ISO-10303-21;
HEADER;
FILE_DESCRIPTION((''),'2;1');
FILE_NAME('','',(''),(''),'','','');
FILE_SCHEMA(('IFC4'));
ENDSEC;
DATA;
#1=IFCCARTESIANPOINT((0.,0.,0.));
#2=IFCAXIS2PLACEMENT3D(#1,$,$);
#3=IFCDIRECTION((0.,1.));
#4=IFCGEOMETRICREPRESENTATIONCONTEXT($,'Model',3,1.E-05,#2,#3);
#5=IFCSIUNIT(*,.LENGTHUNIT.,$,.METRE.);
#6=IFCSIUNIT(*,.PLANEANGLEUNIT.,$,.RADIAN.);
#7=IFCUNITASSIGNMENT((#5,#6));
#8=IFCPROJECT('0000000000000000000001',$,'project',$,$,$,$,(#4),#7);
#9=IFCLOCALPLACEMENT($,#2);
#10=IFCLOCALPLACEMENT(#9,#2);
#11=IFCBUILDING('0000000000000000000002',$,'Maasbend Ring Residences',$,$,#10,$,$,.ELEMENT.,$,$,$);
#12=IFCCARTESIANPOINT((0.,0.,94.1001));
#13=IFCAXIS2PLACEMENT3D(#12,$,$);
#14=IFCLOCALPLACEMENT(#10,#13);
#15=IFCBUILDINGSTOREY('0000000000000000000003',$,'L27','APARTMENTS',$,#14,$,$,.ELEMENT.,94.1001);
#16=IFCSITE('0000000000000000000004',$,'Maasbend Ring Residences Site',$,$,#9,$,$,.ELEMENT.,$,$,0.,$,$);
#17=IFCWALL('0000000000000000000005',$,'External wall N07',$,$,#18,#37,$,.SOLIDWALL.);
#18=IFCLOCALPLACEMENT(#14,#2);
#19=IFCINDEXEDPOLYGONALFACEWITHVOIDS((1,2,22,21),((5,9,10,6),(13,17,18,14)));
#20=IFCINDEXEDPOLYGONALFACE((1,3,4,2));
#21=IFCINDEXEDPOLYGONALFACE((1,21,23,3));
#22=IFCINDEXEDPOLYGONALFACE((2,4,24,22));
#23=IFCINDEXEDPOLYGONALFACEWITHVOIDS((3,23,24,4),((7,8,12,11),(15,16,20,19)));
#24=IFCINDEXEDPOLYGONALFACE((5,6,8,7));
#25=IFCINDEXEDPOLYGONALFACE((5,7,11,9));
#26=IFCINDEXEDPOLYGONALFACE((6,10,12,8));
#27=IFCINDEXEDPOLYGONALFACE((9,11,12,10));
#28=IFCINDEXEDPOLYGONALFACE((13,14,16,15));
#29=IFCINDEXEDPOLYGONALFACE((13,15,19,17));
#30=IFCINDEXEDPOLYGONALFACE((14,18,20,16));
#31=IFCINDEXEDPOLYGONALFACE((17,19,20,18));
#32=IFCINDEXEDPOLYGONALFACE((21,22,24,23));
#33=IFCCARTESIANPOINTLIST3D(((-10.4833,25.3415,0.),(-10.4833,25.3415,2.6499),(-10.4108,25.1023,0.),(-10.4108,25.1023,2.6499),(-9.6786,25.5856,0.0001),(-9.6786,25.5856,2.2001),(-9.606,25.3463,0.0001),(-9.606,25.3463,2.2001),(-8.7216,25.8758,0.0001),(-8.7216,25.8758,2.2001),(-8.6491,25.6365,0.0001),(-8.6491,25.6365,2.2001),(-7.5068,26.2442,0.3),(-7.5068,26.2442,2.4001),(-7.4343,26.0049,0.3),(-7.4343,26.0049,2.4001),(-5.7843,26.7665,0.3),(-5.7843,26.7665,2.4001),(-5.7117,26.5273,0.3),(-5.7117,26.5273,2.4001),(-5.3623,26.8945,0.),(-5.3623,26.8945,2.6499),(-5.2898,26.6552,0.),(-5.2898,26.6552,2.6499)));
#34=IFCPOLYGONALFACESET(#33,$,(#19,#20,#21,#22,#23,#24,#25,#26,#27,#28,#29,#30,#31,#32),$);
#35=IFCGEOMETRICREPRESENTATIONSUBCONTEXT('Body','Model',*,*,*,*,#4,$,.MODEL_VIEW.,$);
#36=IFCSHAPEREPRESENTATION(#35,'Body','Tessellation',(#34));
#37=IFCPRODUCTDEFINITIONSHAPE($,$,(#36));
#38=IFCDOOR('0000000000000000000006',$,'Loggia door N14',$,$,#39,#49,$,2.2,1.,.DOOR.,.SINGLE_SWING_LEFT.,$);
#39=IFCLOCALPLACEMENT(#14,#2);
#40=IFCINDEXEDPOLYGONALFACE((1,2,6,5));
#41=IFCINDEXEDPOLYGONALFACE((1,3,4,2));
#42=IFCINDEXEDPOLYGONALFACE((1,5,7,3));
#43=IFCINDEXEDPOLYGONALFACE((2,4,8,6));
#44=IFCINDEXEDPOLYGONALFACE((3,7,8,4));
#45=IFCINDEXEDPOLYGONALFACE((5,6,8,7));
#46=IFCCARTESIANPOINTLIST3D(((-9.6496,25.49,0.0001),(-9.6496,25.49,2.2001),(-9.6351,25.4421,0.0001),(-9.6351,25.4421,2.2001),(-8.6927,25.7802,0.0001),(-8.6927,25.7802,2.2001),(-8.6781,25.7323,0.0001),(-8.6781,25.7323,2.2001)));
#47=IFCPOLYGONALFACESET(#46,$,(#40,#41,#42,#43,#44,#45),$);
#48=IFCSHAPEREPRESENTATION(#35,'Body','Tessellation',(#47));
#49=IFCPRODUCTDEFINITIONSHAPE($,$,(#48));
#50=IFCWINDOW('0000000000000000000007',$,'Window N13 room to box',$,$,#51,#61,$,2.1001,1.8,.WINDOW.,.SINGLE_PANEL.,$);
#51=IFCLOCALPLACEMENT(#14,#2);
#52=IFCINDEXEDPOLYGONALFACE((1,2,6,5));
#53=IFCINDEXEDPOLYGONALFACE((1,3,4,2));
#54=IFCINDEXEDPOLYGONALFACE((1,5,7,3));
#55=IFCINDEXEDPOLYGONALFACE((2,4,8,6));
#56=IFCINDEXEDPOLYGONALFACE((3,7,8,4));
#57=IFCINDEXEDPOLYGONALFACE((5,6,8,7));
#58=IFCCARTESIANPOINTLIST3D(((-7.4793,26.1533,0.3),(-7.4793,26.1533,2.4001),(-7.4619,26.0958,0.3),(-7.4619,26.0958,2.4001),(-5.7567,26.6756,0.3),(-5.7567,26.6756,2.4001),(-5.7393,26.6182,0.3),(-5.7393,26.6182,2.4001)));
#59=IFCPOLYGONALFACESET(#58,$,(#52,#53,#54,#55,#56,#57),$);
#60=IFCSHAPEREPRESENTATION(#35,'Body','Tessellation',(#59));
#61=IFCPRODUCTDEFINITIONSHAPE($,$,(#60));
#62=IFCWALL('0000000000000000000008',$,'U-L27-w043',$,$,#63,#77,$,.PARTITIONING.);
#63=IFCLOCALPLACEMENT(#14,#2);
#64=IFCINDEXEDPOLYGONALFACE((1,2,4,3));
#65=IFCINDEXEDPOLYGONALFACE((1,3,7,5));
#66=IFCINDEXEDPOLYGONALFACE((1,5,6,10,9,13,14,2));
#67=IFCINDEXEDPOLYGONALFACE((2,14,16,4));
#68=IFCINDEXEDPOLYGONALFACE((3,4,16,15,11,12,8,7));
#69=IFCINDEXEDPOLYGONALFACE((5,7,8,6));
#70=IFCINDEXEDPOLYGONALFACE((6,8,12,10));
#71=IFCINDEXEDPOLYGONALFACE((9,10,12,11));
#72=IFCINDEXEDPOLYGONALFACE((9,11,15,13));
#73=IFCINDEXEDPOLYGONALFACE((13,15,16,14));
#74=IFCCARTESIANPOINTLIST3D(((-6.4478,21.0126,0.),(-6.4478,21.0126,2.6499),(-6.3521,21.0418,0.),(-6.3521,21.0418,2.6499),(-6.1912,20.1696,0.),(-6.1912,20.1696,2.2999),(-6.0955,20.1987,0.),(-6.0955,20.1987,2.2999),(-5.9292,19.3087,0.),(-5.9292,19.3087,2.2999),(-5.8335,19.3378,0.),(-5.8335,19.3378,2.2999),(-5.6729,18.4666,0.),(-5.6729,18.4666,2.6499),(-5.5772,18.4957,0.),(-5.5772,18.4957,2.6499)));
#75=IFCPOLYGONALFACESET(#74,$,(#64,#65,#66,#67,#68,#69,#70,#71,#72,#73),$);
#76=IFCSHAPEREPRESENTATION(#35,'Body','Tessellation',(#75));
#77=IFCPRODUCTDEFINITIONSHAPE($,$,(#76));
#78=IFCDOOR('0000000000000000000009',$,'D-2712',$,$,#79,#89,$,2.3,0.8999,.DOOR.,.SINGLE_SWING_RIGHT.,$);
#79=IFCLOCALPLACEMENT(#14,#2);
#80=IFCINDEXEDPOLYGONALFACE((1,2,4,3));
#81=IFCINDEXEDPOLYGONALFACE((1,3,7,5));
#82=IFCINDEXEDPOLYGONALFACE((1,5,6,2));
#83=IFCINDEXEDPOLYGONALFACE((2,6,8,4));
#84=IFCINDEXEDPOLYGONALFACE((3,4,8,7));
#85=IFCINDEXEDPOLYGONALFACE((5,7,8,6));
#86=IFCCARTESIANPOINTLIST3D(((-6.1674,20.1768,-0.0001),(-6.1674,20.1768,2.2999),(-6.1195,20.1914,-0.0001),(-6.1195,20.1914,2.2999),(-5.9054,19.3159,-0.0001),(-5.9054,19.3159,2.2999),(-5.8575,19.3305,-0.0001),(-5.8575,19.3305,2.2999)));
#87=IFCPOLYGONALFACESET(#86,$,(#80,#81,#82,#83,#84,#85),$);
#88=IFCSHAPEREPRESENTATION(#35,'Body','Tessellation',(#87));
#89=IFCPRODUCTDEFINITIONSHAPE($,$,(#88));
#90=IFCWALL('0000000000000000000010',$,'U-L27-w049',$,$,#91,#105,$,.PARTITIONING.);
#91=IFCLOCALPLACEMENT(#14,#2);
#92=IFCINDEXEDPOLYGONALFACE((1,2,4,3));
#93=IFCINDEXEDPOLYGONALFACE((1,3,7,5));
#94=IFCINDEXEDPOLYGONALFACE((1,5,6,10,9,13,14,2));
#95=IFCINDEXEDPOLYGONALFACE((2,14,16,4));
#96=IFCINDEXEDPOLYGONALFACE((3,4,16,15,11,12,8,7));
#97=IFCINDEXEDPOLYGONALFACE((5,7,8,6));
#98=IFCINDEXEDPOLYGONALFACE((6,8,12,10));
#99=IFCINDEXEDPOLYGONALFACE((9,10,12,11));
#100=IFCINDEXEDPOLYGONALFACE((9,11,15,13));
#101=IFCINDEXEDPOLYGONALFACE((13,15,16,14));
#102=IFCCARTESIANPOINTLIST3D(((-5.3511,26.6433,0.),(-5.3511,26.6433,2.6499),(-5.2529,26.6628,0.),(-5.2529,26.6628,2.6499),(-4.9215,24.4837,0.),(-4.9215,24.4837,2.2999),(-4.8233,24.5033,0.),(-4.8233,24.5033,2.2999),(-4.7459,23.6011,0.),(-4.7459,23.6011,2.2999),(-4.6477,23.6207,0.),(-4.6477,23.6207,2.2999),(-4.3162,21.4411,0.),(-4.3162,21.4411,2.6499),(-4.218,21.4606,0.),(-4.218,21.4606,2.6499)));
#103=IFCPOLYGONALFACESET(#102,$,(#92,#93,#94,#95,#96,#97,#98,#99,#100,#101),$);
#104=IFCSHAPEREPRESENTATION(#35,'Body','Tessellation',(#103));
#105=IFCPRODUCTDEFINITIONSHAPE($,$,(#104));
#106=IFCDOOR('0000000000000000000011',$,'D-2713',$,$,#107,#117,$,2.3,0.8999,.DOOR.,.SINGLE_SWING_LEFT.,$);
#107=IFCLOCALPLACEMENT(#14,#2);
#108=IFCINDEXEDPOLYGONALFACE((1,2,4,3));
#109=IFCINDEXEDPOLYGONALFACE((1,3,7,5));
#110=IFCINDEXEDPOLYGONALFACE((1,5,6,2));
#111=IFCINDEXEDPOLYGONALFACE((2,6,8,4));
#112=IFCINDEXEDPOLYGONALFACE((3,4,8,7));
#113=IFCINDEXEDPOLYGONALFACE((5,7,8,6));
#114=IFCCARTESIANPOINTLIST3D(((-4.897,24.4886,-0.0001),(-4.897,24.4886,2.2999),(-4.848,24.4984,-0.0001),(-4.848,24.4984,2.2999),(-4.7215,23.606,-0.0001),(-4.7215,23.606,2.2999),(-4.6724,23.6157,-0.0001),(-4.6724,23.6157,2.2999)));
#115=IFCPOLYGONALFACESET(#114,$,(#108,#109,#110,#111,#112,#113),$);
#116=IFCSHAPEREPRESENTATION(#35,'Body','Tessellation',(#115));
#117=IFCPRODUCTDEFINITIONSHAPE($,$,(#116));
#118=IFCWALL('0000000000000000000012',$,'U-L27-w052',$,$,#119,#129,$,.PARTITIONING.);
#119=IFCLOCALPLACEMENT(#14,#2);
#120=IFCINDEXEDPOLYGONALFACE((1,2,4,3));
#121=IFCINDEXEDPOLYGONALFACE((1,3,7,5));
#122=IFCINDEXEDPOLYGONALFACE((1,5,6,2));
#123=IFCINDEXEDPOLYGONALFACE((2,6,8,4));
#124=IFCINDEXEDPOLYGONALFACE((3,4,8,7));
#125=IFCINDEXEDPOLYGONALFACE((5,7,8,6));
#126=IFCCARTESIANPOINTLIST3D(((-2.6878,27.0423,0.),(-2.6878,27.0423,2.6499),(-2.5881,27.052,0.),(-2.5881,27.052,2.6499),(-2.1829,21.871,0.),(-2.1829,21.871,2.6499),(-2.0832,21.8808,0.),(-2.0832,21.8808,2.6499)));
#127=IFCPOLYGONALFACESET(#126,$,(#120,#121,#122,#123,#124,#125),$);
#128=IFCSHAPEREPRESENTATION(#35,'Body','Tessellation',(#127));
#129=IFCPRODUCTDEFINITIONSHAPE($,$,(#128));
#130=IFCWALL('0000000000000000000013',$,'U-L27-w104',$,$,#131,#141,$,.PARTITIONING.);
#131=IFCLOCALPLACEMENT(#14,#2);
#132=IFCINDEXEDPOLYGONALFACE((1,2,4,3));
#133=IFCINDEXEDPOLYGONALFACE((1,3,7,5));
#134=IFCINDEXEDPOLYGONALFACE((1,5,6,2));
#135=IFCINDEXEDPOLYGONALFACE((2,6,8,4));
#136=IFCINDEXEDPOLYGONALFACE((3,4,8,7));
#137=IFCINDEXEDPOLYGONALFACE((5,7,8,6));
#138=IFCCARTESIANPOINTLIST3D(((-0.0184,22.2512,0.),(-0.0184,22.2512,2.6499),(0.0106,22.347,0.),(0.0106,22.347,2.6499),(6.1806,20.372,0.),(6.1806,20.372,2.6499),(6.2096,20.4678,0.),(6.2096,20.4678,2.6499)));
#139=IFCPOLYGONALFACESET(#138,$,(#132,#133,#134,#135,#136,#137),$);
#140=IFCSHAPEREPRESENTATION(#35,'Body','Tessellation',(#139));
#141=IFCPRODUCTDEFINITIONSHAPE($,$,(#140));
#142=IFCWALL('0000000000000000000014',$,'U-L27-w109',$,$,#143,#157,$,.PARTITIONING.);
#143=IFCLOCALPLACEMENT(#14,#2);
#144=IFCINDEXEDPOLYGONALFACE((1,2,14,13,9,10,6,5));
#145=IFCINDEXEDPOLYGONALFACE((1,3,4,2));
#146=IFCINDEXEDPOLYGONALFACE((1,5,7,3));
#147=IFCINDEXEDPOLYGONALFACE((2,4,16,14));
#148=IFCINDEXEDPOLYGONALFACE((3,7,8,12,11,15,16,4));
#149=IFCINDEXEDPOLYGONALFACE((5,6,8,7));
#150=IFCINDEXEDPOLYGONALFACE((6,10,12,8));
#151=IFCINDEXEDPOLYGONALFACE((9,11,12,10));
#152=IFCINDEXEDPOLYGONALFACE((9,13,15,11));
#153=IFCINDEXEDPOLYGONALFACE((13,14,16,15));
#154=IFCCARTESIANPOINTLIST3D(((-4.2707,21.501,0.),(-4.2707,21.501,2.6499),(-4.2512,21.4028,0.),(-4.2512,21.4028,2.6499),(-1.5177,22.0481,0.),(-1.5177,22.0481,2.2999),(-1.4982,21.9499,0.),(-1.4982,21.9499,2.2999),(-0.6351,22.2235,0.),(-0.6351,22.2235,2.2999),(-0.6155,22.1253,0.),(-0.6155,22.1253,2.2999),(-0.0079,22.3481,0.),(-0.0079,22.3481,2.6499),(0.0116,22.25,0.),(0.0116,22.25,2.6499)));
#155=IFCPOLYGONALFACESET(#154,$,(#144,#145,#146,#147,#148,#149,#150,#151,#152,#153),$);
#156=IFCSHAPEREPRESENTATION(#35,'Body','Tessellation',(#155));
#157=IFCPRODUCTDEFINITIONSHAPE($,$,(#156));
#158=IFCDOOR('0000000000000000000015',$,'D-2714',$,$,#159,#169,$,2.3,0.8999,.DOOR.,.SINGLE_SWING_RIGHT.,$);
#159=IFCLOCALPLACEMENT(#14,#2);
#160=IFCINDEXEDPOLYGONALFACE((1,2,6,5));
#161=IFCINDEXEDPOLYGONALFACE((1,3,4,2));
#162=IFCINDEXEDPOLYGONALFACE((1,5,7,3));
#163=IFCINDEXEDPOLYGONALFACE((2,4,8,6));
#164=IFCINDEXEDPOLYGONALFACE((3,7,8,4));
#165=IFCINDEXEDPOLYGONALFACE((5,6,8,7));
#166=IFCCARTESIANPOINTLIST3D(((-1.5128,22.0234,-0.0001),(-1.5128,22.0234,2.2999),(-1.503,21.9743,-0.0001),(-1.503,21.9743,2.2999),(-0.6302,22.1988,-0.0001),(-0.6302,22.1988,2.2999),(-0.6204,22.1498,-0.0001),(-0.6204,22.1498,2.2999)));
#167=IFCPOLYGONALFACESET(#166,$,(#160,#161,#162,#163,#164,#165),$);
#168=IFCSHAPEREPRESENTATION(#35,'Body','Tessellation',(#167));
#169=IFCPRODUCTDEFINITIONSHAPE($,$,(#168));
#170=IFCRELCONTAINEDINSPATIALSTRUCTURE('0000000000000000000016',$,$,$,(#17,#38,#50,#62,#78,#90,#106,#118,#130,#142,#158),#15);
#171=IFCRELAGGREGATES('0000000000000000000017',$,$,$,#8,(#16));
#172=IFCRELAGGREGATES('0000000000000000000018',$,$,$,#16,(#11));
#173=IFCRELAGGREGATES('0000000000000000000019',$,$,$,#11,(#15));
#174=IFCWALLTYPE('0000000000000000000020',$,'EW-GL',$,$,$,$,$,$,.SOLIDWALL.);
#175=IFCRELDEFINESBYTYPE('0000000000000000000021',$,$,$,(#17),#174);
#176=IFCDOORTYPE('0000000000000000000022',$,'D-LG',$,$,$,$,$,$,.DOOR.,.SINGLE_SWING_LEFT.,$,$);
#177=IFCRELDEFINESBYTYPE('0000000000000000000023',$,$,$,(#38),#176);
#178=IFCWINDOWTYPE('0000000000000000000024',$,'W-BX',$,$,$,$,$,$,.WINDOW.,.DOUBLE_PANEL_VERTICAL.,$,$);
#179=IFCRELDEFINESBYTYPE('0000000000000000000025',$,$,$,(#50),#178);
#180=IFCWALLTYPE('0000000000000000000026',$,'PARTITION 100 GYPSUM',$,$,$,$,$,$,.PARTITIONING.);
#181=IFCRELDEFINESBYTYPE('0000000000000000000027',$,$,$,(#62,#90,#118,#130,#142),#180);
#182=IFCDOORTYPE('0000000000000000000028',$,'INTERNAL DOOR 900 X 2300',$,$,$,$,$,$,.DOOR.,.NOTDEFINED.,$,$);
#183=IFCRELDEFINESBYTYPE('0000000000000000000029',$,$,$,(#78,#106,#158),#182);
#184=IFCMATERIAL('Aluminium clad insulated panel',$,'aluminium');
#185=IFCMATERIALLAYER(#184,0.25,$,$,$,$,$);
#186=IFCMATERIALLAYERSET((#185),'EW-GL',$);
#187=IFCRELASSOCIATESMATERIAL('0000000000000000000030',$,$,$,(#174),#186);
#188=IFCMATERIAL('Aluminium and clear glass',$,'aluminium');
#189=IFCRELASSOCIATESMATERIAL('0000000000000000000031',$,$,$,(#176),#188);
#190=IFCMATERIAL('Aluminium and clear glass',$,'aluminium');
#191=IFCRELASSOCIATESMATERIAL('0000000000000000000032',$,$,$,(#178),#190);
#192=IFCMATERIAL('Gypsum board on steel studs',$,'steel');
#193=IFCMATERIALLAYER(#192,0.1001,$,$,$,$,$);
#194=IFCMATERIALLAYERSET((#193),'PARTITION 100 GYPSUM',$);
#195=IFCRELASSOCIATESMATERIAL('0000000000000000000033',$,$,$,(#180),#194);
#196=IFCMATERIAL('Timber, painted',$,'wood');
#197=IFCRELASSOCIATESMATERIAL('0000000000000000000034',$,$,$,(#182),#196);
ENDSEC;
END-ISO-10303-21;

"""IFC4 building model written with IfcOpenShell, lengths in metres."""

from ifc_helpers import new_model, si_unit, direction, frame, frame_2d, origin, place, context, subcontext, project, spatial, rectangle, extrude, material, layer, layer_set, type_object, element, fill, save


model = new_model("IFC4")

# Units and contexts
model_context = context("Model", 3, precision=1e-05, world=origin(), true_north=direction((0.0, 1.0)))
body_context = subcontext(model_context, "Body", "Model", "MODEL_VIEW")
ifc_project = project(units=[si_unit("LENGTHUNIT", "METRE"), si_unit("PLANEANGLEUNIT", "RADIAN")], contexts=[model_context])

# Site, building, storey
site_placement = place(None, origin())
site = spatial("IfcSite", under=ifc_project, at=site_placement, Name="Maasbend Ring Residences Site", CompositionType="ELEMENT", RefElevation=0.0)
building_placement = place(site_placement, origin())
building = spatial("IfcBuilding", under=site, at=building_placement, Name="Maasbend Ring Residences", CompositionType="ELEMENT")
storey_placement = place(building_placement, frame((0.0, 0.0, 94.1001)))
storey = spatial("IfcBuildingStorey", under=building, at=storey_placement, Name="L27", Description="APARTMENTS", CompositionType="ELEMENT", Elevation=94.1001)

# Wall, openings, door, window
ifc_material_1 = material(Name="Aluminium clad insulated panel", Category="aluminium")
ifc_layer_1 = layer(ifc_material_1, 0.25)
ifc_layer_set_1 = layer_set([ifc_layer_1], Name="EW-GL")
wall_type_1 = type_object("IfcWallType", Name="EW-GL", PredefinedType="SOLIDWALL", material=ifc_layer_set_1)
wall_1_placement = place(storey_placement, frame((-5.3259, 26.7749, 0.0), z_axis=(0.0, 0.0, 1.0), x_axis=(-0.956966, -0.290201, 0.0)))
wall_1 = element("IfcWall", 1, at=wall_1_placement, inside=storey, type_object=wall_type_1, Name="External wall N07", PredefinedType="SOLIDWALL", context=body_context, shape_type="SweptSolid", body=[
    extrude(rectangle(XDim=5.3513, YDim=0.25, at=frame_2d((2.6758, 0.0))), origin(), (0.0, 0.0, 1.0), 2.6499),
])
opening_1_placement = place(wall_1_placement, frame((0.4412, 0.0, 0.3)))
opening_1 = element("IfcOpeningElement", 2, at=opening_1_placement, cuts=wall_1, PredefinedType="OPENING", context=body_context, shape_type="SweptSolid", body=[
    extrude(rectangle(XDim=1.8, YDim=2.1001, at=frame_2d((0.8999, 1.05))), frame((0.0, 0.135, 0.0), z_axis=(0.0, -1.0, 0.0), x_axis=(1.0, 0.0, 0.0)), (0.0, 0.0, 1.0), 0.27),
])
opening_2_placement = place(wall_1_placement, frame((3.5105, 0.0, 0.0)))
opening_2 = element("IfcOpeningElement", 3, at=opening_2_placement, cuts=wall_1, PredefinedType="OPENING", context=body_context, shape_type="SweptSolid", body=[
    extrude(rectangle(XDim=1.0, YDim=2.2, at=frame_2d((0.5, 1.1001))), frame((0.0, 0.135, 0.0), z_axis=(0.0, -1.0, 0.0), x_axis=(1.0, 0.0, 0.0)), (0.0, 0.0, 1.0), 0.27),
])
ifc_material_2 = material(Name="Aluminium and clear glass", Category="aluminium")
door_type_1 = type_object("IfcDoorType", Name="D-LG", OperationType="SINGLE_SWING_LEFT", PredefinedType="DOOR", material=ifc_material_2)
door_1_placement = place(opening_2_placement, origin())
door_1 = element("IfcDoor", 4, at=door_1_placement, inside=storey, type_object=door_type_1, Name="Loggia door N14", OperationType="SINGLE_SWING_LEFT", OverallHeight=2.2, OverallWidth=1.0, PredefinedType="DOOR", context=body_context, shape_type="SweptSolid", body=[
    extrude(rectangle(XDim=1.0, YDim=2.2, at=frame_2d((0.5, 1.1001))), frame((0.0, 0.0249, 0.0), z_axis=(0.0, -1.0, 0.0), x_axis=(1.0, 0.0, 0.0)), (0.0, 0.0, 1.0), 0.05),
])
fill(opening_2, door_1)
ifc_material_3 = material(Name="Aluminium and clear glass", Category="aluminium")
window_type_1 = type_object("IfcWindowType", Name="W-BX", PartitioningType="DOUBLE_PANEL_VERTICAL", PredefinedType="WINDOW", material=ifc_material_3)
window_1_placement = place(opening_1_placement, origin())
window_1 = element("IfcWindow", 5, at=window_1_placement, inside=storey, type_object=window_type_1, Name="Window N13 room to box", OverallHeight=2.1001, OverallWidth=1.8, PartitioningType="SINGLE_PANEL", PredefinedType="WINDOW", context=body_context, shape_type="SweptSolid", body=[
    extrude(rectangle(XDim=1.8, YDim=2.1001, at=frame_2d((0.8999, 1.05))), frame((0.0, 0.03, 0.0), z_axis=(0.0, -1.0, 0.0), x_axis=(1.0, 0.0, 0.0)), (0.0, 0.0, 1.0), 0.0601),
])
fill(opening_1, window_1)

# Walls, openings, doors
ifc_material_4 = material(Name="Gypsum board on steel studs", Category="steel")
ifc_layer_2 = layer(ifc_material_4, 0.1001)
ifc_layer_set_2 = layer_set([ifc_layer_2], Name="PARTITION 100 GYPSUM")
wall_type_2 = type_object("IfcWallType", Name="PARTITION 100 GYPSUM", PredefinedType="PARTITIONING", material=ifc_layer_set_2)
wall_2_placement = place(storey_placement, frame((-6.3999, 21.0271, 0.0), z_axis=(0.0, 0.0, 1.0), x_axis=(0.291158, -0.956675, 0.0)))
wall_2 = element("IfcWall", 6, at=wall_2_placement, inside=storey, type_object=wall_type_2, Name="U-L27-w043", PredefinedType="PARTITIONING", context=body_context, shape_type="SweptSolid", body=[
    extrude(rectangle(XDim=2.6614, YDim=0.1001, at=frame_2d((1.3306, 0.0))), origin(), (0.0, 0.0, 1.0), 2.6499),
])
opening_3_placement = place(wall_2_placement, frame((0.8811, 0.0, 0.0)))
opening_3 = element("IfcOpeningElement", 7, at=opening_3_placement, cuts=wall_2, PredefinedType="OPENING", context=body_context, shape_type="SweptSolid", body=[
    extrude(rectangle(XDim=0.8999, YDim=2.3, at=frame_2d((0.45, 1.1499))), frame((0.0, 0.0601, 0.0), z_axis=(0.0, -1.0, 0.0), x_axis=(1.0, 0.0, 0.0)), (0.0, 0.0, 1.0), 0.1201),
])
ifc_material_5 = material(Name="Timber, painted", Category="wood")
door_type_2 = type_object("IfcDoorType", Name="INTERNAL DOOR 900 X 2300", OperationType="NOTDEFINED", PredefinedType="DOOR", material=ifc_material_5)
door_2_placement = place(opening_3_placement, origin())
door_2 = element("IfcDoor", 8, at=door_2_placement, inside=storey, type_object=door_type_2, Name="D-2712", OperationType="SINGLE_SWING_RIGHT", OverallHeight=2.3, OverallWidth=0.8999, PredefinedType="DOOR", context=body_context, shape_type="SweptSolid", body=[
    extrude(rectangle(XDim=0.8999, YDim=2.3, at=frame_2d((0.45, 1.1499))), frame((0.0, 0.0249, 0.0), z_axis=(0.0, -1.0, 0.0), x_axis=(1.0, 0.0, 0.0)), (0.0, 0.0, 1.0), 0.05),
])
fill(opening_3, door_2)
wall_3_placement = place(storey_placement, frame((-5.302, 26.6531, 0.0), z_axis=(0.0, 0.0, 1.0), x_axis=(0.195116, -0.98078, 0.0)))
wall_3 = element("IfcWall", 9, at=wall_3_placement, inside=storey, type_object=wall_type_2, Name="U-L27-w049", PredefinedType="PARTITIONING", context=body_context, shape_type="SweptSolid", body=[
    extrude(rectangle(XDim=5.3042, YDim=0.1001, at=frame_2d((2.6521, 0.0))), origin(), (0.0, 0.0, 1.0), 2.6499),
])
opening_4_placement = place(wall_3_placement, frame((2.2019, 0.0, 0.0)))
opening_4 = element("IfcOpeningElement", 10, at=opening_4_placement, cuts=wall_3, PredefinedType="OPENING", context=body_context, shape_type="SweptSolid", body=[
    extrude(rectangle(XDim=0.8999, YDim=2.3, at=frame_2d((0.45, 1.1499))), frame((0.0, 0.0601, 0.0), z_axis=(0.0, -1.0, 0.0), x_axis=(1.0, 0.0, 0.0)), (0.0, 0.0, 1.0), 0.1201),
])
door_3_placement = place(opening_4_placement, origin())
door_3 = element("IfcDoor", 11, at=door_3_placement, inside=storey, type_object=door_type_2, Name="D-2713", OperationType="SINGLE_SWING_LEFT", OverallHeight=2.3, OverallWidth=0.8999, PredefinedType="DOOR", context=body_context, shape_type="SweptSolid", body=[
    extrude(rectangle(XDim=0.8999, YDim=2.3, at=frame_2d((0.45, 1.1499))), frame((0.0, 0.0249, 0.0), z_axis=(0.0, -1.0, 0.0), x_axis=(1.0, 0.0, 0.0)), (0.0, 0.0, 1.0), 0.05),
])
fill(opening_4, door_3)

# Walls
wall_4_placement = place(storey_placement, frame((-2.6379, 27.0471, 0.0), z_axis=(0.0, 0.0, 1.0), x_axis=(0.097173, -0.995268, 0.0)))
element("IfcWall", 12, at=wall_4_placement, inside=storey, type_object=wall_type_2, Name="U-L27-w052", PredefinedType="PARTITIONING", context=body_context, shape_type="SweptSolid", body=[
    extrude(rectangle(XDim=5.1958, YDim=0.1001, at=frame_2d((2.5979, 0.0))), origin(), (0.0, 0.0, 1.0), 2.6499),
])
wall_5_placement = place(storey_placement, frame((-0.0039, 22.2991, 0.0), z_axis=(0.0, 0.0, 1.0), x_axis=(0.956996, -0.290103, 0.0)))
element("IfcWall", 13, at=wall_5_placement, inside=storey, type_object=wall_type_2, Name="U-L27-w104", PredefinedType="PARTITIONING", context=body_context, shape_type="SweptSolid", body=[
    extrude(rectangle(XDim=6.4775, YDim=0.1001, at=frame_2d((3.2388, 0.0))), origin(), (0.0, 0.0, 1.0), 2.6499),
])

# Wall, opening, door
wall_6_placement = place(storey_placement, frame((-4.261, 21.4519, 0.0), z_axis=(0.0, 0.0, 1.0), x_axis=(0.98082, 0.194917, 0.0)))
wall_6 = element("IfcWall", 14, at=wall_6_placement, inside=storey, type_object=wall_type_2, Name="U-L27-w109", PredefinedType="PARTITIONING", context=body_context, shape_type="SweptSolid", body=[
    extrude(rectangle(XDim=4.3462, YDim=0.1001, at=frame_2d((2.1731, 0.0))), origin(), (0.0, 0.0, 1.0), 2.6499),
])
opening_5_placement = place(wall_6_placement, frame((2.8069, 0.0, 0.0)))
opening_5 = element("IfcOpeningElement", 15, at=opening_5_placement, cuts=wall_6, PredefinedType="OPENING", context=body_context, shape_type="SweptSolid", body=[
    extrude(rectangle(XDim=0.8999, YDim=2.3, at=frame_2d((0.45, 1.1499))), frame((0.0, 0.0601, 0.0), z_axis=(0.0, -1.0, 0.0), x_axis=(1.0, 0.0, 0.0)), (0.0, 0.0, 1.0), 0.1201),
])
door_4_placement = place(opening_5_placement, origin())
door_4 = element("IfcDoor", 16, at=door_4_placement, inside=storey, type_object=door_type_2, Name="D-2714", OperationType="SINGLE_SWING_RIGHT", OverallHeight=2.3, OverallWidth=0.8999, PredefinedType="DOOR", context=body_context, shape_type="SweptSolid", body=[
    extrude(rectangle(XDim=0.8999, YDim=2.3, at=frame_2d((0.45, 1.1499))), frame((0.0, 0.0249, 0.0), z_axis=(0.0, -1.0, 0.0), x_axis=(1.0, 0.0, 0.0)), (0.0, 0.0, 1.0), 0.05),
])
fill(opening_5, door_4)

save(model, "model.ifc")
